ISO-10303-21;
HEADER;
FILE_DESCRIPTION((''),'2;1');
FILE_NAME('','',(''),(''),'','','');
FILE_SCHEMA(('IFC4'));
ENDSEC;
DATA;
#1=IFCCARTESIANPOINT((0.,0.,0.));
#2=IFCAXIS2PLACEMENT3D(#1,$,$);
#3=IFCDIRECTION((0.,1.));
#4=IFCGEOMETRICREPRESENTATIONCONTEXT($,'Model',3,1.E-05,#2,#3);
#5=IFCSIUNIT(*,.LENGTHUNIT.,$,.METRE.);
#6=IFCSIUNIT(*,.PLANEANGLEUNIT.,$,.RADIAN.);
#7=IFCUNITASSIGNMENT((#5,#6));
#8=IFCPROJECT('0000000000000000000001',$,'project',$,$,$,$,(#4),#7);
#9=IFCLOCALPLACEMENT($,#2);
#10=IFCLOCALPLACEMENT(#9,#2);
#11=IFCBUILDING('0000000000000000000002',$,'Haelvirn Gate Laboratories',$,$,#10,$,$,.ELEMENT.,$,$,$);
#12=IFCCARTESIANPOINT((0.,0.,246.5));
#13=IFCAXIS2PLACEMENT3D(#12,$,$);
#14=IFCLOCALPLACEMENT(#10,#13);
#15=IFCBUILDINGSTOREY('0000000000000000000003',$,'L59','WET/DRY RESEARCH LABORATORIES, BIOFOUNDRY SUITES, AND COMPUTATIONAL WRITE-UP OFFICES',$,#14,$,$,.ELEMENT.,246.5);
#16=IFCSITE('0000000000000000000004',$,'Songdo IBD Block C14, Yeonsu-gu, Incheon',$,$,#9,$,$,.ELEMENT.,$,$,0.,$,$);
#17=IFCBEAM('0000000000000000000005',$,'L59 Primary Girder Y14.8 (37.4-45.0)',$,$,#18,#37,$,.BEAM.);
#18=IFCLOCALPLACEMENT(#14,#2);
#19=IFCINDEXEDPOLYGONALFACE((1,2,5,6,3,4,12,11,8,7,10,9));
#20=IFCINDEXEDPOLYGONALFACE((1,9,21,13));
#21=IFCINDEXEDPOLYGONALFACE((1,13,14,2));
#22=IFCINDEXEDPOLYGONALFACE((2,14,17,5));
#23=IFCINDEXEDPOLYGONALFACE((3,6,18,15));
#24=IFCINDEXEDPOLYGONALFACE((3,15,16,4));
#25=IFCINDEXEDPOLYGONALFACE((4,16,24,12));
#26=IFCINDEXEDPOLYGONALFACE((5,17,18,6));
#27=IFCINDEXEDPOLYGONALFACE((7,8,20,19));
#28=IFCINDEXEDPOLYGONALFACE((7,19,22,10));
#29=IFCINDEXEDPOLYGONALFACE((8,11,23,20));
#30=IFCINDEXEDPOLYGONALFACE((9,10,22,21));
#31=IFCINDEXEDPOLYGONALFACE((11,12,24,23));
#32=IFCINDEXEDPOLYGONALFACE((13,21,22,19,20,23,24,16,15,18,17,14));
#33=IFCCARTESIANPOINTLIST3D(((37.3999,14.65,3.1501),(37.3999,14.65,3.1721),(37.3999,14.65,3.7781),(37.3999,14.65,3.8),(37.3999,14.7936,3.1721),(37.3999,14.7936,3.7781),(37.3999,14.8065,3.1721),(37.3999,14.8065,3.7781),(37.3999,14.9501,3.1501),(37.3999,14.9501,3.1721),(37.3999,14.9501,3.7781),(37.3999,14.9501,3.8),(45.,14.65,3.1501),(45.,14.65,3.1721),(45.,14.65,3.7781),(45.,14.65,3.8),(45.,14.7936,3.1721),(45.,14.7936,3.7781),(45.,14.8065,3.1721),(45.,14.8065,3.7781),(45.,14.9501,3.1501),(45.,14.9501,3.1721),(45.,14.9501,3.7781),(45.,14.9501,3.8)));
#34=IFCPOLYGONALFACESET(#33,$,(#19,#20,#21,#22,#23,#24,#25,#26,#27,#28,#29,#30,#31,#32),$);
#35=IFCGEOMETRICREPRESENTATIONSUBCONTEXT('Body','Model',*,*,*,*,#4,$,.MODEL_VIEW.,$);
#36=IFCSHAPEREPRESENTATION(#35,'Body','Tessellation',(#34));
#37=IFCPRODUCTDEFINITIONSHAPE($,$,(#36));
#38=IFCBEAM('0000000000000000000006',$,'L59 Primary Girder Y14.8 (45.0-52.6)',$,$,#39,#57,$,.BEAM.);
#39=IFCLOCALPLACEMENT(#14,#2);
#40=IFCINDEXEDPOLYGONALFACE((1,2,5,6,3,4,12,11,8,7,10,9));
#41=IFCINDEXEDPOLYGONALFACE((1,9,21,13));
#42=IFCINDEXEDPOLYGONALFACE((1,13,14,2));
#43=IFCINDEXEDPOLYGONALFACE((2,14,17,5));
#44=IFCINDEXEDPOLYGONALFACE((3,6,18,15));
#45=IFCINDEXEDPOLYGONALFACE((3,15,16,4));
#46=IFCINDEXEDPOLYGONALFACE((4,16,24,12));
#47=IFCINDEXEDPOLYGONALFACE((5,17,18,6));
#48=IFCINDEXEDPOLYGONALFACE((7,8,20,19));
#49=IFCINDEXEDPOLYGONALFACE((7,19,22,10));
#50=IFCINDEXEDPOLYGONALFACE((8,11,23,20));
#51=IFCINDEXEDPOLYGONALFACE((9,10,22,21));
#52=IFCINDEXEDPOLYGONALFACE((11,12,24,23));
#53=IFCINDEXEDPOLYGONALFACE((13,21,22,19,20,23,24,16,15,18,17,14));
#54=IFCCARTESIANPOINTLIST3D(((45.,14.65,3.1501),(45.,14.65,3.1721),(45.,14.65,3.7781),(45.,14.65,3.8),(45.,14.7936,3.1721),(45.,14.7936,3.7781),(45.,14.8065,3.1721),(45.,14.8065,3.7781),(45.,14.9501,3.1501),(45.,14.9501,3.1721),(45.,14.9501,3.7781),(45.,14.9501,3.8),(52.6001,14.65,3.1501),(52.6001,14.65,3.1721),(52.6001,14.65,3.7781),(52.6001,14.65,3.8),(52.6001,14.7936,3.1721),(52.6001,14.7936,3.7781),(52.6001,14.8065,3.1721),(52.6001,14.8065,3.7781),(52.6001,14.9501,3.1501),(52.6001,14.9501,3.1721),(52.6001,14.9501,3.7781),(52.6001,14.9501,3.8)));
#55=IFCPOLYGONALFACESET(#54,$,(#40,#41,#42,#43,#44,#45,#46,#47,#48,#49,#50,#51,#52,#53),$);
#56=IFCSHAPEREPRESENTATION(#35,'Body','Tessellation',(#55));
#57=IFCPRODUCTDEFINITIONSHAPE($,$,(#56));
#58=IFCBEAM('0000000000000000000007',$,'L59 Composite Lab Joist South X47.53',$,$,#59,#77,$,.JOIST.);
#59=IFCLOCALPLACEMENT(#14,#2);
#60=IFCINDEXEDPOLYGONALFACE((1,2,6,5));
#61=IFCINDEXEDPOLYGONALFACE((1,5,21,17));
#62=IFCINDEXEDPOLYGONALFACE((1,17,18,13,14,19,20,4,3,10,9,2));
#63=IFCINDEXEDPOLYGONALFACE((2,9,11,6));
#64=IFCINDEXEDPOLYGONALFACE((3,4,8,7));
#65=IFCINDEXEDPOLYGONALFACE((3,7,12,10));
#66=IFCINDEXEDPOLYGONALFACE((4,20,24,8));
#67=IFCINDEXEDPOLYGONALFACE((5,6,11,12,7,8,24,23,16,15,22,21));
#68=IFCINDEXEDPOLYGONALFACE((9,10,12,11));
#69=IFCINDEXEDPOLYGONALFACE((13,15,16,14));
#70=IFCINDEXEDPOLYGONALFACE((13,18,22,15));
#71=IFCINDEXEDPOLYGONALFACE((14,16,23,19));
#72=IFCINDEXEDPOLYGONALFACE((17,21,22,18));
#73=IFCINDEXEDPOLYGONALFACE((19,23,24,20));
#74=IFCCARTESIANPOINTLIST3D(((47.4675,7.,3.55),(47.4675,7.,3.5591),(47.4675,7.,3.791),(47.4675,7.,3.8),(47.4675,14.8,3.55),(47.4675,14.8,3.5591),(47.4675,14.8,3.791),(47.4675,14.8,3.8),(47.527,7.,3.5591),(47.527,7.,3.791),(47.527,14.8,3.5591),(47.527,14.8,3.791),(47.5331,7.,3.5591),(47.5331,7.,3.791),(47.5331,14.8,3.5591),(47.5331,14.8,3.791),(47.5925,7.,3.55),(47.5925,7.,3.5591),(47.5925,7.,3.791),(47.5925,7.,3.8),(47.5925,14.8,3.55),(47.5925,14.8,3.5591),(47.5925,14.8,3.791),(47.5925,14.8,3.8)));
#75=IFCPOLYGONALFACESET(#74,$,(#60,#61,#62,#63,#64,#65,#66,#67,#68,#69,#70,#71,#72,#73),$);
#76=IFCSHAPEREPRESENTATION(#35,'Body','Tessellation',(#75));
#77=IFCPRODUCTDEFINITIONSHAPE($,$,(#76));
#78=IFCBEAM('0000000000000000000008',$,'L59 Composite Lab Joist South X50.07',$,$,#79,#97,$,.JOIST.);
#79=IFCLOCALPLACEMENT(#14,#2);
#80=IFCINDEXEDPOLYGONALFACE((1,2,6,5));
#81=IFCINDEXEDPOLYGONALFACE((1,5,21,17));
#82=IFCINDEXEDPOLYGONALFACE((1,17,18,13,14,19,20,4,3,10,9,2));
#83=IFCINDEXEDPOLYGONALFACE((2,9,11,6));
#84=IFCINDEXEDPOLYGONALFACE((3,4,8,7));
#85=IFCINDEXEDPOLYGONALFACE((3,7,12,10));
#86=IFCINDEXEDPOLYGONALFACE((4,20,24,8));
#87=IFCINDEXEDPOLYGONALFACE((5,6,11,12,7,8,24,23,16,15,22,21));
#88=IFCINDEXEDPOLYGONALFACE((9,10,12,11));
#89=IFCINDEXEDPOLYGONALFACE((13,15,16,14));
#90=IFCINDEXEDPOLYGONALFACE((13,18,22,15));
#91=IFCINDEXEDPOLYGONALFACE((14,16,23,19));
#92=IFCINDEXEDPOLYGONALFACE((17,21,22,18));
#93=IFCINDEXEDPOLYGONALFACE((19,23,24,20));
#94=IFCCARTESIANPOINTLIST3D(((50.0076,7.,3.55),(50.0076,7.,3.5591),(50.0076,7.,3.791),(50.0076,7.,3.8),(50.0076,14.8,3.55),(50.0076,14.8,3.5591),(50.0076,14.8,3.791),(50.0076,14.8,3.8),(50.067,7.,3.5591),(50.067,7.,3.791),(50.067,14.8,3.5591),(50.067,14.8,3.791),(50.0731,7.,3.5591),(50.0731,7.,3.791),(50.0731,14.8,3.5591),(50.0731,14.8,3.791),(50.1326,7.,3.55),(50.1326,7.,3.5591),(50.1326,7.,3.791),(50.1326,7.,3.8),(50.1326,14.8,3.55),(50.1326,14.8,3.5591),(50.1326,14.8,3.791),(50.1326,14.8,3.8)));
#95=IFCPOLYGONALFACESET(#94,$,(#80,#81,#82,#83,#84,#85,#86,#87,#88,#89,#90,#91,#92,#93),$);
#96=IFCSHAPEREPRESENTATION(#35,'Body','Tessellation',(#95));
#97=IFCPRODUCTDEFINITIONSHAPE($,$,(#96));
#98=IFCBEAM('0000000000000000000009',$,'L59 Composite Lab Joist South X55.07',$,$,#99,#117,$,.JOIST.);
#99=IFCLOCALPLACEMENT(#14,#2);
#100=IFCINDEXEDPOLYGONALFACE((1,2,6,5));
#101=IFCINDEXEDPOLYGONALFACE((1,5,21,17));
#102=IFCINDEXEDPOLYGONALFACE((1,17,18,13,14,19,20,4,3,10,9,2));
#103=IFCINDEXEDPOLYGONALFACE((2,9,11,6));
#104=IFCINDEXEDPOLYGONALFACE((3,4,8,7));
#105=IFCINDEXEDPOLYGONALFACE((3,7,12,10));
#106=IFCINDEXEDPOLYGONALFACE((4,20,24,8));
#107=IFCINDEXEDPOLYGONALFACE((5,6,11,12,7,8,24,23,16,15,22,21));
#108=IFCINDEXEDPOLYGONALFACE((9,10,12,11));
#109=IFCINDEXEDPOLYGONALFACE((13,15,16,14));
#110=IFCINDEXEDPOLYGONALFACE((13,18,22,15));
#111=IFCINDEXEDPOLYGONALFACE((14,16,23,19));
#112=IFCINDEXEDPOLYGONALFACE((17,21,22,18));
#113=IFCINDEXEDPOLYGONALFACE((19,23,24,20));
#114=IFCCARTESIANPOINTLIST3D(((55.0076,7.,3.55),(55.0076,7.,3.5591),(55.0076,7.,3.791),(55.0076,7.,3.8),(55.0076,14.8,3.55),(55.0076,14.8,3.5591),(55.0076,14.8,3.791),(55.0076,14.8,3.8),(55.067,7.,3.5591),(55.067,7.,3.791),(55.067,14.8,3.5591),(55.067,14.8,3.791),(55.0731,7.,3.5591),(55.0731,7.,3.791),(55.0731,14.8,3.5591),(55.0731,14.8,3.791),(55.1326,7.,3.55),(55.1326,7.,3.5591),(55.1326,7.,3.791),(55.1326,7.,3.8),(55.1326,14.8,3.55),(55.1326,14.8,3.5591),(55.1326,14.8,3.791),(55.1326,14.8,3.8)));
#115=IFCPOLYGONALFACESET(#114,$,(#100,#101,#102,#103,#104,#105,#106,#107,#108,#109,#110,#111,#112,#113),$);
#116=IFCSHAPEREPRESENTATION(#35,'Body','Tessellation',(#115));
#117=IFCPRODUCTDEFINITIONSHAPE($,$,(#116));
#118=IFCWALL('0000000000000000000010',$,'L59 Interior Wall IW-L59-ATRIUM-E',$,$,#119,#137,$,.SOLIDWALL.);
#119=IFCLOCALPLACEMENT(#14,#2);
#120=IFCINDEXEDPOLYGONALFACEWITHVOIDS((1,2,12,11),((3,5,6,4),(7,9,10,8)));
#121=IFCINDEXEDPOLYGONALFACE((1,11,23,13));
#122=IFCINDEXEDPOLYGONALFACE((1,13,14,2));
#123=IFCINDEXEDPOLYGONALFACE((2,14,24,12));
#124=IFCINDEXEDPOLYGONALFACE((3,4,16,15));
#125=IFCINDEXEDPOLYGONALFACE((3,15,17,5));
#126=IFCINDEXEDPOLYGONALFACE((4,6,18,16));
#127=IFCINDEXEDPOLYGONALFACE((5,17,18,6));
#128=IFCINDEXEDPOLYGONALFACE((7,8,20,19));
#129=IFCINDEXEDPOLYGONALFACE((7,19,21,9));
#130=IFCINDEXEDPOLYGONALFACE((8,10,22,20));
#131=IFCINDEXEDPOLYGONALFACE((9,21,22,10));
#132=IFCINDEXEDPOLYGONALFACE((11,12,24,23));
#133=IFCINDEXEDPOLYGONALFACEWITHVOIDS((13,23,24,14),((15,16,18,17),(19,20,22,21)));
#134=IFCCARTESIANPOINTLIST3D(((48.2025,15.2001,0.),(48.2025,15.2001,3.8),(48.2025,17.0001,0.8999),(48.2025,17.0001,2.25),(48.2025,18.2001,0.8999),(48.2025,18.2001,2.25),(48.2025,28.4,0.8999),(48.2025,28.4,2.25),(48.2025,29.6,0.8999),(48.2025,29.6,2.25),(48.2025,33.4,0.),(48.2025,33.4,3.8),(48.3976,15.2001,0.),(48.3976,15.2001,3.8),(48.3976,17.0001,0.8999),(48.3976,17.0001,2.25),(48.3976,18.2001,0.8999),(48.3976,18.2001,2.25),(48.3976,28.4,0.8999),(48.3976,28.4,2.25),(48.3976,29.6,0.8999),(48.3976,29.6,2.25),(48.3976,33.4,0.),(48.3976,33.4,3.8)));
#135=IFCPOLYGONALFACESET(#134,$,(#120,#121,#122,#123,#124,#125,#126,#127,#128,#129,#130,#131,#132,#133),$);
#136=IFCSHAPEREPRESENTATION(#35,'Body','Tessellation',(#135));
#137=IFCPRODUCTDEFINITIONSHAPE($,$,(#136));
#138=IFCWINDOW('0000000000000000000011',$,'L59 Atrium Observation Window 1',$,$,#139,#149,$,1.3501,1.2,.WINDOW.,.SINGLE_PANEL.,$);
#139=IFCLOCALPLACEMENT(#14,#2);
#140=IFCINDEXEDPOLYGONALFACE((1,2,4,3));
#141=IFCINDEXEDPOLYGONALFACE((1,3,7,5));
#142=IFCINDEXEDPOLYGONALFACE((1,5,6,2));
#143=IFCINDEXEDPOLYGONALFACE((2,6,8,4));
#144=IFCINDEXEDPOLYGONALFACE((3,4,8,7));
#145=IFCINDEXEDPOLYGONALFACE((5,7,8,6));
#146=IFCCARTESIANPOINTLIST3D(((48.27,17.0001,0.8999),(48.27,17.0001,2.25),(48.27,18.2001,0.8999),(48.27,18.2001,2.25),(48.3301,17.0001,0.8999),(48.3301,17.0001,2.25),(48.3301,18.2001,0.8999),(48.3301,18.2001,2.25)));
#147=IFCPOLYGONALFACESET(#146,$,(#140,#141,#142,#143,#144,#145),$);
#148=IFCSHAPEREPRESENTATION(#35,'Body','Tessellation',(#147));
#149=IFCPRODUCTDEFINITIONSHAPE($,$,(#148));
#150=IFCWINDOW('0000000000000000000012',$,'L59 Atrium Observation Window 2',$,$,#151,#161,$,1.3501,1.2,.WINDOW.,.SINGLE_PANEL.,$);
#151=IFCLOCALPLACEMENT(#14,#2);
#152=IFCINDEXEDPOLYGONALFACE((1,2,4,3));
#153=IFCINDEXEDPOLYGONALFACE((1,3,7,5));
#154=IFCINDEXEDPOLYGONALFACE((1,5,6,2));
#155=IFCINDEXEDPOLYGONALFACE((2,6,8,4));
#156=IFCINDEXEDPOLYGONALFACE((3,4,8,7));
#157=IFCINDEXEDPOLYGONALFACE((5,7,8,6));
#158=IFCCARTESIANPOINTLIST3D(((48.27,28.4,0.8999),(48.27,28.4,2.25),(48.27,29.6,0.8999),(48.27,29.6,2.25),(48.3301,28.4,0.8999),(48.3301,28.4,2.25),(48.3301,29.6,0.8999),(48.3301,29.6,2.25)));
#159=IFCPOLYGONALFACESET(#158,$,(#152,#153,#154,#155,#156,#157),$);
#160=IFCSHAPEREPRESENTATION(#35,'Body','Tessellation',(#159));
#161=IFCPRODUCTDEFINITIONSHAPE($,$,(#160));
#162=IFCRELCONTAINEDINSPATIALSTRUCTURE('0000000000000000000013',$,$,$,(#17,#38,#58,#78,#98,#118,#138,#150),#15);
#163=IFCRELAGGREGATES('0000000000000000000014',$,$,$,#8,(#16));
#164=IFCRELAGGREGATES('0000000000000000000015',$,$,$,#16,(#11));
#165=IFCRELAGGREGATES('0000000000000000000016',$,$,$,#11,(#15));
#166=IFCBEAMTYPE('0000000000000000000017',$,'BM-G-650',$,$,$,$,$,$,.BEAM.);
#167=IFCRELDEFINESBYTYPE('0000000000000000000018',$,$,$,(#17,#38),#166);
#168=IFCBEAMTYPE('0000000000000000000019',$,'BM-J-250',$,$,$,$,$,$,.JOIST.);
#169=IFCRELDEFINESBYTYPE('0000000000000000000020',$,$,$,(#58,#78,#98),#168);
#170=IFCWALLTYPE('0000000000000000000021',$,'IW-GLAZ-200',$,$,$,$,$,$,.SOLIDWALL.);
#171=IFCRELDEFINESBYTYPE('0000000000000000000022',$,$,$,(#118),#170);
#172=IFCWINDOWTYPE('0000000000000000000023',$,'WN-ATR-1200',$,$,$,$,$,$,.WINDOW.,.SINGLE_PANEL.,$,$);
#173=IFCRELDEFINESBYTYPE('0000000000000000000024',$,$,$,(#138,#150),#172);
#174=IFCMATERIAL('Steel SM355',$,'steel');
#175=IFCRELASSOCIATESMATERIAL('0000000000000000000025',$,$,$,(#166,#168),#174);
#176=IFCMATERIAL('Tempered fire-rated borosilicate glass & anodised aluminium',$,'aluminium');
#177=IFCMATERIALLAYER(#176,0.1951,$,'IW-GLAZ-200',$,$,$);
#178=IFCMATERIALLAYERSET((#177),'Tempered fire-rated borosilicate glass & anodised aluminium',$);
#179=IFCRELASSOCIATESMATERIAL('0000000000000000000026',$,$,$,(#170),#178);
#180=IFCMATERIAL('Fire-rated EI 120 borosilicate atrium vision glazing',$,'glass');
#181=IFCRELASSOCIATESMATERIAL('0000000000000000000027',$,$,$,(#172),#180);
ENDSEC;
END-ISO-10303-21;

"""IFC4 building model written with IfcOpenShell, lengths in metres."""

from ifc_helpers import new_model, si_unit, direction, frame, frame_2d, origin, origin_2d, place, context, subcontext, project, spatial, rectangle, i_section, extrude, source, transform, mapped, material, layer, layer_set, material_profile, profile_set, type_object, type_shapes, element, fill, save


model = new_model("IFC4")

# Units and contexts
model_context = context("Model", 3, precision=1e-05, world=origin(), true_north=direction((0.0, 1.0)))
body_context = subcontext(model_context, "Body", "Model", "MODEL_VIEW")
ifc_project = project(units=[si_unit("LENGTHUNIT", "METRE"), si_unit("PLANEANGLEUNIT", "RADIAN")], contexts=[model_context])

# Site, building, storey
site_placement = place(None, origin())
site = spatial("IfcSite", under=ifc_project, at=site_placement, Name="Songdo IBD Block C14, Yeonsu-gu, Incheon", CompositionType="ELEMENT", RefElevation=0.0)
building_placement = place(site_placement, origin())
building = spatial("IfcBuilding", under=site, at=building_placement, Name="Haelvirn Gate Laboratories", CompositionType="ELEMENT")
storey_placement = place(building_placement, frame((0.0, 0.0, 246.5)))
storey = spatial("IfcBuildingStorey", under=building, at=storey_placement, Name="L59", Description="WET/DRY RESEARCH LABORATORIES, BIOFOUNDRY SUITES, AND COMPUTATIONAL WRITE-UP OFFICES", CompositionType="ELEMENT", Elevation=246.5)

# Shared definitions
ifc_material_1 = material(Name="Steel SM355", Category="steel")

# Beams
ifc_material_profile_1 = material_profile(ifc_material_1, i_section(OverallWidth=0.3, OverallDepth=0.6499, WebThickness=0.0129, FlangeThickness=0.022, at=origin_2d()), Name="H-650x300x13x22")
ifc_profile_set_1 = profile_set([ifc_material_profile_1], Name="Steel SM355")
beam_type_1 = type_object("IfcBeamType", Name="BM-G-650", PredefinedType="BEAM", material=ifc_profile_set_1)
shared_shape_1 = source(origin(), body_context, "Body", "SweptSolid", [
    extrude(i_section(OverallWidth=0.3, OverallDepth=0.6499, WebThickness=0.0129, FlangeThickness=0.022, at=origin_2d()), origin(), (0.0, 0.0, 1.0), 7.6001),
])
for number, where, z_axis, x_axis, name in (
    (1, (37.3999, 14.8, 3.4751), (1.0, 0.0, 0.0), (0.0, 1.0, 0.0), "L59 Primary Girder Y14.8 (37.4-45.0)"),
    (2, (45.0, 14.8, 3.4751), (1.0, 0.0, 0.0), (0.0, 1.0, 0.0), "L59 Primary Girder Y14.8 (45.0-52.6)"),
):
    element("IfcBeam", number, at=place(storey_placement, frame(where, z_axis=z_axis, x_axis=x_axis)), inside=storey, type_object=beam_type_1, Name=name, PredefinedType="BEAM", context=body_context, shape_type="MappedRepresentation", body=[
        mapped(shared_shape_1, transform((0.0, 0.0, 0.0), scale=1.0)),
    ])
ifc_material_profile_2 = material_profile(ifc_material_1, i_section(OverallWidth=0.125, OverallDepth=0.25, WebThickness=0.0061, FlangeThickness=0.009, at=origin_2d()), Name="H-250x125x6x9")
ifc_profile_set_2 = profile_set([ifc_material_profile_2], Name="Steel SM355")
beam_type_2 = type_object("IfcBeamType", Name="BM-J-250", PredefinedType="JOIST", material=ifc_profile_set_2)
shared_shape_2 = source(origin(), body_context, "Body", "SweptSolid", [
    extrude(i_section(OverallWidth=0.125, OverallDepth=0.25, WebThickness=0.0061, FlangeThickness=0.009, at=origin_2d()), origin(), (0.0, 0.0, 1.0), 7.8),
])
type_shapes(beam_type_2, [shared_shape_2])
for number, where, z_axis, x_axis, name in (
    (3, (47.53, 7.0, 3.675), (0.0, 1.0, 0.0), (-1.0, 0.0, 0.0), "L59 Composite Lab Joist South X47.53"),
    (4, (50.0701, 7.0, 3.675), (0.0, 1.0, 0.0), (-1.0, 0.0, 0.0), "L59 Composite Lab Joist South X50.07"),
    (5, (55.0701, 7.0, 3.675), (0.0, 1.0, 0.0), (-1.0, 0.0, 0.0), "L59 Composite Lab Joist South X55.07"),
):
    element("IfcBeam", number, at=place(storey_placement, frame(where, z_axis=z_axis, x_axis=x_axis)), inside=storey, type_object=beam_type_2, Name=name, PredefinedType="JOIST", context=body_context, shape_type="MappedRepresentation", body=[
        mapped(shared_shape_2, transform((0.0, 0.0, 0.0), scale=1.0)),
    ])

# Wall, openings, windows
ifc_material_2 = material(Name="Tempered fire-rated borosilicate glass & anodised aluminium", Category="aluminium")
ifc_layer_1 = layer(ifc_material_2, 0.1951, Name="IW-GLAZ-200")
ifc_layer_set_1 = layer_set([ifc_layer_1], Name="Tempered fire-rated borosilicate glass & anodised aluminium")
wall_type_1 = type_object("IfcWallType", Name="IW-GLAZ-200", PredefinedType="SOLIDWALL", material=ifc_layer_set_1)
wall_1_placement = place(storey_placement, frame((48.3, 15.2, 0.0), z_axis=(0.0, 0.0, 1.0), x_axis=(0.0, 1.0, 0.0)))
wall_1 = element("IfcWall", 6, at=wall_1_placement, inside=storey, type_object=wall_type_1, Name="L59 Interior Wall IW-L59-ATRIUM-E", PredefinedType="SOLIDWALL", context=body_context, shape_type="SweptSolid", body=[
    extrude(rectangle(XDim=18.2, YDim=0.1951, at=frame_2d((9.1001, 0.0))), origin(), (0.0, 0.0, 1.0), 3.8),
])
opening_1_placement = place(wall_1_placement, frame((1.8, 0.0, 0.8999)))
opening_1 = element("IfcOpeningElement", 7, at=opening_1_placement, cuts=wall_1, PredefinedType="OPENING", context=body_context, shape_type="SweptSolid", body=[
    extrude(rectangle(XDim=1.2, YDim=1.3501, at=frame_2d((0.6001, 0.675))), frame((0.0, 0.1074, 0.0), z_axis=(0.0, -1.0, 0.0), x_axis=(1.0, 0.0, 0.0)), (0.0, 0.0, 1.0), 0.2151),
])
opening_2_placement = place(wall_1_placement, frame((13.2, 0.0, 0.8999)))
opening_2 = element("IfcOpeningElement", 8, at=opening_2_placement, cuts=wall_1, PredefinedType="OPENING", context=body_context, shape_type="SweptSolid", body=[
    extrude(rectangle(XDim=1.2, YDim=1.3501, at=frame_2d((0.6001, 0.675))), frame((0.0, 0.1074, 0.0), z_axis=(0.0, -1.0, 0.0), x_axis=(1.0, 0.0, 0.0)), (0.0, 0.0, 1.0), 0.2151),
])
ifc_material_3 = material(Name="Fire-rated EI 120 borosilicate atrium vision glazing", Category="glass")
window_type = type_object("IfcWindowType", Name="WN-ATR-1200", PartitioningType="SINGLE_PANEL", PredefinedType="WINDOW", material=ifc_material_3)
shared_shape_3 = source(origin(), body_context, "Body", "SweptSolid", [
    extrude(rectangle(XDim=1.2, YDim=1.3501, at=frame_2d((0.6001, 0.675))), frame((0.0, 0.03, 0.0), z_axis=(0.0, -1.0, 0.0), x_axis=(1.0, 0.0, 0.0)), (0.0, 0.0, 1.0), 0.0601),
])
type_shapes(window_type, [shared_shape_3])
window_1_placement = place(opening_1_placement, origin())
window_1 = element("IfcWindow", 9, at=window_1_placement, inside=storey, type_object=window_type, Name="L59 Atrium Observation Window 1", OverallHeight=1.3501, OverallWidth=1.2, PartitioningType="SINGLE_PANEL", PredefinedType="WINDOW", context=body_context, shape_type="MappedRepresentation", body=[
    mapped(shared_shape_3, transform((0.0, 0.0, 0.0), scale=1.0)),
])
fill(opening_1, window_1)
window_2_placement = place(opening_2_placement, origin())
window_2 = element("IfcWindow", 10, at=window_2_placement, inside=storey, type_object=window_type, Name="L59 Atrium Observation Window 2", OverallHeight=1.3501, OverallWidth=1.2, PartitioningType="SINGLE_PANEL", PredefinedType="WINDOW", context=body_context, shape_type="MappedRepresentation", body=[
    mapped(shared_shape_3, transform((0.0, 0.0, 0.0), scale=1.0)),
])
fill(opening_2, window_2)

save(model, "model.ifc")
